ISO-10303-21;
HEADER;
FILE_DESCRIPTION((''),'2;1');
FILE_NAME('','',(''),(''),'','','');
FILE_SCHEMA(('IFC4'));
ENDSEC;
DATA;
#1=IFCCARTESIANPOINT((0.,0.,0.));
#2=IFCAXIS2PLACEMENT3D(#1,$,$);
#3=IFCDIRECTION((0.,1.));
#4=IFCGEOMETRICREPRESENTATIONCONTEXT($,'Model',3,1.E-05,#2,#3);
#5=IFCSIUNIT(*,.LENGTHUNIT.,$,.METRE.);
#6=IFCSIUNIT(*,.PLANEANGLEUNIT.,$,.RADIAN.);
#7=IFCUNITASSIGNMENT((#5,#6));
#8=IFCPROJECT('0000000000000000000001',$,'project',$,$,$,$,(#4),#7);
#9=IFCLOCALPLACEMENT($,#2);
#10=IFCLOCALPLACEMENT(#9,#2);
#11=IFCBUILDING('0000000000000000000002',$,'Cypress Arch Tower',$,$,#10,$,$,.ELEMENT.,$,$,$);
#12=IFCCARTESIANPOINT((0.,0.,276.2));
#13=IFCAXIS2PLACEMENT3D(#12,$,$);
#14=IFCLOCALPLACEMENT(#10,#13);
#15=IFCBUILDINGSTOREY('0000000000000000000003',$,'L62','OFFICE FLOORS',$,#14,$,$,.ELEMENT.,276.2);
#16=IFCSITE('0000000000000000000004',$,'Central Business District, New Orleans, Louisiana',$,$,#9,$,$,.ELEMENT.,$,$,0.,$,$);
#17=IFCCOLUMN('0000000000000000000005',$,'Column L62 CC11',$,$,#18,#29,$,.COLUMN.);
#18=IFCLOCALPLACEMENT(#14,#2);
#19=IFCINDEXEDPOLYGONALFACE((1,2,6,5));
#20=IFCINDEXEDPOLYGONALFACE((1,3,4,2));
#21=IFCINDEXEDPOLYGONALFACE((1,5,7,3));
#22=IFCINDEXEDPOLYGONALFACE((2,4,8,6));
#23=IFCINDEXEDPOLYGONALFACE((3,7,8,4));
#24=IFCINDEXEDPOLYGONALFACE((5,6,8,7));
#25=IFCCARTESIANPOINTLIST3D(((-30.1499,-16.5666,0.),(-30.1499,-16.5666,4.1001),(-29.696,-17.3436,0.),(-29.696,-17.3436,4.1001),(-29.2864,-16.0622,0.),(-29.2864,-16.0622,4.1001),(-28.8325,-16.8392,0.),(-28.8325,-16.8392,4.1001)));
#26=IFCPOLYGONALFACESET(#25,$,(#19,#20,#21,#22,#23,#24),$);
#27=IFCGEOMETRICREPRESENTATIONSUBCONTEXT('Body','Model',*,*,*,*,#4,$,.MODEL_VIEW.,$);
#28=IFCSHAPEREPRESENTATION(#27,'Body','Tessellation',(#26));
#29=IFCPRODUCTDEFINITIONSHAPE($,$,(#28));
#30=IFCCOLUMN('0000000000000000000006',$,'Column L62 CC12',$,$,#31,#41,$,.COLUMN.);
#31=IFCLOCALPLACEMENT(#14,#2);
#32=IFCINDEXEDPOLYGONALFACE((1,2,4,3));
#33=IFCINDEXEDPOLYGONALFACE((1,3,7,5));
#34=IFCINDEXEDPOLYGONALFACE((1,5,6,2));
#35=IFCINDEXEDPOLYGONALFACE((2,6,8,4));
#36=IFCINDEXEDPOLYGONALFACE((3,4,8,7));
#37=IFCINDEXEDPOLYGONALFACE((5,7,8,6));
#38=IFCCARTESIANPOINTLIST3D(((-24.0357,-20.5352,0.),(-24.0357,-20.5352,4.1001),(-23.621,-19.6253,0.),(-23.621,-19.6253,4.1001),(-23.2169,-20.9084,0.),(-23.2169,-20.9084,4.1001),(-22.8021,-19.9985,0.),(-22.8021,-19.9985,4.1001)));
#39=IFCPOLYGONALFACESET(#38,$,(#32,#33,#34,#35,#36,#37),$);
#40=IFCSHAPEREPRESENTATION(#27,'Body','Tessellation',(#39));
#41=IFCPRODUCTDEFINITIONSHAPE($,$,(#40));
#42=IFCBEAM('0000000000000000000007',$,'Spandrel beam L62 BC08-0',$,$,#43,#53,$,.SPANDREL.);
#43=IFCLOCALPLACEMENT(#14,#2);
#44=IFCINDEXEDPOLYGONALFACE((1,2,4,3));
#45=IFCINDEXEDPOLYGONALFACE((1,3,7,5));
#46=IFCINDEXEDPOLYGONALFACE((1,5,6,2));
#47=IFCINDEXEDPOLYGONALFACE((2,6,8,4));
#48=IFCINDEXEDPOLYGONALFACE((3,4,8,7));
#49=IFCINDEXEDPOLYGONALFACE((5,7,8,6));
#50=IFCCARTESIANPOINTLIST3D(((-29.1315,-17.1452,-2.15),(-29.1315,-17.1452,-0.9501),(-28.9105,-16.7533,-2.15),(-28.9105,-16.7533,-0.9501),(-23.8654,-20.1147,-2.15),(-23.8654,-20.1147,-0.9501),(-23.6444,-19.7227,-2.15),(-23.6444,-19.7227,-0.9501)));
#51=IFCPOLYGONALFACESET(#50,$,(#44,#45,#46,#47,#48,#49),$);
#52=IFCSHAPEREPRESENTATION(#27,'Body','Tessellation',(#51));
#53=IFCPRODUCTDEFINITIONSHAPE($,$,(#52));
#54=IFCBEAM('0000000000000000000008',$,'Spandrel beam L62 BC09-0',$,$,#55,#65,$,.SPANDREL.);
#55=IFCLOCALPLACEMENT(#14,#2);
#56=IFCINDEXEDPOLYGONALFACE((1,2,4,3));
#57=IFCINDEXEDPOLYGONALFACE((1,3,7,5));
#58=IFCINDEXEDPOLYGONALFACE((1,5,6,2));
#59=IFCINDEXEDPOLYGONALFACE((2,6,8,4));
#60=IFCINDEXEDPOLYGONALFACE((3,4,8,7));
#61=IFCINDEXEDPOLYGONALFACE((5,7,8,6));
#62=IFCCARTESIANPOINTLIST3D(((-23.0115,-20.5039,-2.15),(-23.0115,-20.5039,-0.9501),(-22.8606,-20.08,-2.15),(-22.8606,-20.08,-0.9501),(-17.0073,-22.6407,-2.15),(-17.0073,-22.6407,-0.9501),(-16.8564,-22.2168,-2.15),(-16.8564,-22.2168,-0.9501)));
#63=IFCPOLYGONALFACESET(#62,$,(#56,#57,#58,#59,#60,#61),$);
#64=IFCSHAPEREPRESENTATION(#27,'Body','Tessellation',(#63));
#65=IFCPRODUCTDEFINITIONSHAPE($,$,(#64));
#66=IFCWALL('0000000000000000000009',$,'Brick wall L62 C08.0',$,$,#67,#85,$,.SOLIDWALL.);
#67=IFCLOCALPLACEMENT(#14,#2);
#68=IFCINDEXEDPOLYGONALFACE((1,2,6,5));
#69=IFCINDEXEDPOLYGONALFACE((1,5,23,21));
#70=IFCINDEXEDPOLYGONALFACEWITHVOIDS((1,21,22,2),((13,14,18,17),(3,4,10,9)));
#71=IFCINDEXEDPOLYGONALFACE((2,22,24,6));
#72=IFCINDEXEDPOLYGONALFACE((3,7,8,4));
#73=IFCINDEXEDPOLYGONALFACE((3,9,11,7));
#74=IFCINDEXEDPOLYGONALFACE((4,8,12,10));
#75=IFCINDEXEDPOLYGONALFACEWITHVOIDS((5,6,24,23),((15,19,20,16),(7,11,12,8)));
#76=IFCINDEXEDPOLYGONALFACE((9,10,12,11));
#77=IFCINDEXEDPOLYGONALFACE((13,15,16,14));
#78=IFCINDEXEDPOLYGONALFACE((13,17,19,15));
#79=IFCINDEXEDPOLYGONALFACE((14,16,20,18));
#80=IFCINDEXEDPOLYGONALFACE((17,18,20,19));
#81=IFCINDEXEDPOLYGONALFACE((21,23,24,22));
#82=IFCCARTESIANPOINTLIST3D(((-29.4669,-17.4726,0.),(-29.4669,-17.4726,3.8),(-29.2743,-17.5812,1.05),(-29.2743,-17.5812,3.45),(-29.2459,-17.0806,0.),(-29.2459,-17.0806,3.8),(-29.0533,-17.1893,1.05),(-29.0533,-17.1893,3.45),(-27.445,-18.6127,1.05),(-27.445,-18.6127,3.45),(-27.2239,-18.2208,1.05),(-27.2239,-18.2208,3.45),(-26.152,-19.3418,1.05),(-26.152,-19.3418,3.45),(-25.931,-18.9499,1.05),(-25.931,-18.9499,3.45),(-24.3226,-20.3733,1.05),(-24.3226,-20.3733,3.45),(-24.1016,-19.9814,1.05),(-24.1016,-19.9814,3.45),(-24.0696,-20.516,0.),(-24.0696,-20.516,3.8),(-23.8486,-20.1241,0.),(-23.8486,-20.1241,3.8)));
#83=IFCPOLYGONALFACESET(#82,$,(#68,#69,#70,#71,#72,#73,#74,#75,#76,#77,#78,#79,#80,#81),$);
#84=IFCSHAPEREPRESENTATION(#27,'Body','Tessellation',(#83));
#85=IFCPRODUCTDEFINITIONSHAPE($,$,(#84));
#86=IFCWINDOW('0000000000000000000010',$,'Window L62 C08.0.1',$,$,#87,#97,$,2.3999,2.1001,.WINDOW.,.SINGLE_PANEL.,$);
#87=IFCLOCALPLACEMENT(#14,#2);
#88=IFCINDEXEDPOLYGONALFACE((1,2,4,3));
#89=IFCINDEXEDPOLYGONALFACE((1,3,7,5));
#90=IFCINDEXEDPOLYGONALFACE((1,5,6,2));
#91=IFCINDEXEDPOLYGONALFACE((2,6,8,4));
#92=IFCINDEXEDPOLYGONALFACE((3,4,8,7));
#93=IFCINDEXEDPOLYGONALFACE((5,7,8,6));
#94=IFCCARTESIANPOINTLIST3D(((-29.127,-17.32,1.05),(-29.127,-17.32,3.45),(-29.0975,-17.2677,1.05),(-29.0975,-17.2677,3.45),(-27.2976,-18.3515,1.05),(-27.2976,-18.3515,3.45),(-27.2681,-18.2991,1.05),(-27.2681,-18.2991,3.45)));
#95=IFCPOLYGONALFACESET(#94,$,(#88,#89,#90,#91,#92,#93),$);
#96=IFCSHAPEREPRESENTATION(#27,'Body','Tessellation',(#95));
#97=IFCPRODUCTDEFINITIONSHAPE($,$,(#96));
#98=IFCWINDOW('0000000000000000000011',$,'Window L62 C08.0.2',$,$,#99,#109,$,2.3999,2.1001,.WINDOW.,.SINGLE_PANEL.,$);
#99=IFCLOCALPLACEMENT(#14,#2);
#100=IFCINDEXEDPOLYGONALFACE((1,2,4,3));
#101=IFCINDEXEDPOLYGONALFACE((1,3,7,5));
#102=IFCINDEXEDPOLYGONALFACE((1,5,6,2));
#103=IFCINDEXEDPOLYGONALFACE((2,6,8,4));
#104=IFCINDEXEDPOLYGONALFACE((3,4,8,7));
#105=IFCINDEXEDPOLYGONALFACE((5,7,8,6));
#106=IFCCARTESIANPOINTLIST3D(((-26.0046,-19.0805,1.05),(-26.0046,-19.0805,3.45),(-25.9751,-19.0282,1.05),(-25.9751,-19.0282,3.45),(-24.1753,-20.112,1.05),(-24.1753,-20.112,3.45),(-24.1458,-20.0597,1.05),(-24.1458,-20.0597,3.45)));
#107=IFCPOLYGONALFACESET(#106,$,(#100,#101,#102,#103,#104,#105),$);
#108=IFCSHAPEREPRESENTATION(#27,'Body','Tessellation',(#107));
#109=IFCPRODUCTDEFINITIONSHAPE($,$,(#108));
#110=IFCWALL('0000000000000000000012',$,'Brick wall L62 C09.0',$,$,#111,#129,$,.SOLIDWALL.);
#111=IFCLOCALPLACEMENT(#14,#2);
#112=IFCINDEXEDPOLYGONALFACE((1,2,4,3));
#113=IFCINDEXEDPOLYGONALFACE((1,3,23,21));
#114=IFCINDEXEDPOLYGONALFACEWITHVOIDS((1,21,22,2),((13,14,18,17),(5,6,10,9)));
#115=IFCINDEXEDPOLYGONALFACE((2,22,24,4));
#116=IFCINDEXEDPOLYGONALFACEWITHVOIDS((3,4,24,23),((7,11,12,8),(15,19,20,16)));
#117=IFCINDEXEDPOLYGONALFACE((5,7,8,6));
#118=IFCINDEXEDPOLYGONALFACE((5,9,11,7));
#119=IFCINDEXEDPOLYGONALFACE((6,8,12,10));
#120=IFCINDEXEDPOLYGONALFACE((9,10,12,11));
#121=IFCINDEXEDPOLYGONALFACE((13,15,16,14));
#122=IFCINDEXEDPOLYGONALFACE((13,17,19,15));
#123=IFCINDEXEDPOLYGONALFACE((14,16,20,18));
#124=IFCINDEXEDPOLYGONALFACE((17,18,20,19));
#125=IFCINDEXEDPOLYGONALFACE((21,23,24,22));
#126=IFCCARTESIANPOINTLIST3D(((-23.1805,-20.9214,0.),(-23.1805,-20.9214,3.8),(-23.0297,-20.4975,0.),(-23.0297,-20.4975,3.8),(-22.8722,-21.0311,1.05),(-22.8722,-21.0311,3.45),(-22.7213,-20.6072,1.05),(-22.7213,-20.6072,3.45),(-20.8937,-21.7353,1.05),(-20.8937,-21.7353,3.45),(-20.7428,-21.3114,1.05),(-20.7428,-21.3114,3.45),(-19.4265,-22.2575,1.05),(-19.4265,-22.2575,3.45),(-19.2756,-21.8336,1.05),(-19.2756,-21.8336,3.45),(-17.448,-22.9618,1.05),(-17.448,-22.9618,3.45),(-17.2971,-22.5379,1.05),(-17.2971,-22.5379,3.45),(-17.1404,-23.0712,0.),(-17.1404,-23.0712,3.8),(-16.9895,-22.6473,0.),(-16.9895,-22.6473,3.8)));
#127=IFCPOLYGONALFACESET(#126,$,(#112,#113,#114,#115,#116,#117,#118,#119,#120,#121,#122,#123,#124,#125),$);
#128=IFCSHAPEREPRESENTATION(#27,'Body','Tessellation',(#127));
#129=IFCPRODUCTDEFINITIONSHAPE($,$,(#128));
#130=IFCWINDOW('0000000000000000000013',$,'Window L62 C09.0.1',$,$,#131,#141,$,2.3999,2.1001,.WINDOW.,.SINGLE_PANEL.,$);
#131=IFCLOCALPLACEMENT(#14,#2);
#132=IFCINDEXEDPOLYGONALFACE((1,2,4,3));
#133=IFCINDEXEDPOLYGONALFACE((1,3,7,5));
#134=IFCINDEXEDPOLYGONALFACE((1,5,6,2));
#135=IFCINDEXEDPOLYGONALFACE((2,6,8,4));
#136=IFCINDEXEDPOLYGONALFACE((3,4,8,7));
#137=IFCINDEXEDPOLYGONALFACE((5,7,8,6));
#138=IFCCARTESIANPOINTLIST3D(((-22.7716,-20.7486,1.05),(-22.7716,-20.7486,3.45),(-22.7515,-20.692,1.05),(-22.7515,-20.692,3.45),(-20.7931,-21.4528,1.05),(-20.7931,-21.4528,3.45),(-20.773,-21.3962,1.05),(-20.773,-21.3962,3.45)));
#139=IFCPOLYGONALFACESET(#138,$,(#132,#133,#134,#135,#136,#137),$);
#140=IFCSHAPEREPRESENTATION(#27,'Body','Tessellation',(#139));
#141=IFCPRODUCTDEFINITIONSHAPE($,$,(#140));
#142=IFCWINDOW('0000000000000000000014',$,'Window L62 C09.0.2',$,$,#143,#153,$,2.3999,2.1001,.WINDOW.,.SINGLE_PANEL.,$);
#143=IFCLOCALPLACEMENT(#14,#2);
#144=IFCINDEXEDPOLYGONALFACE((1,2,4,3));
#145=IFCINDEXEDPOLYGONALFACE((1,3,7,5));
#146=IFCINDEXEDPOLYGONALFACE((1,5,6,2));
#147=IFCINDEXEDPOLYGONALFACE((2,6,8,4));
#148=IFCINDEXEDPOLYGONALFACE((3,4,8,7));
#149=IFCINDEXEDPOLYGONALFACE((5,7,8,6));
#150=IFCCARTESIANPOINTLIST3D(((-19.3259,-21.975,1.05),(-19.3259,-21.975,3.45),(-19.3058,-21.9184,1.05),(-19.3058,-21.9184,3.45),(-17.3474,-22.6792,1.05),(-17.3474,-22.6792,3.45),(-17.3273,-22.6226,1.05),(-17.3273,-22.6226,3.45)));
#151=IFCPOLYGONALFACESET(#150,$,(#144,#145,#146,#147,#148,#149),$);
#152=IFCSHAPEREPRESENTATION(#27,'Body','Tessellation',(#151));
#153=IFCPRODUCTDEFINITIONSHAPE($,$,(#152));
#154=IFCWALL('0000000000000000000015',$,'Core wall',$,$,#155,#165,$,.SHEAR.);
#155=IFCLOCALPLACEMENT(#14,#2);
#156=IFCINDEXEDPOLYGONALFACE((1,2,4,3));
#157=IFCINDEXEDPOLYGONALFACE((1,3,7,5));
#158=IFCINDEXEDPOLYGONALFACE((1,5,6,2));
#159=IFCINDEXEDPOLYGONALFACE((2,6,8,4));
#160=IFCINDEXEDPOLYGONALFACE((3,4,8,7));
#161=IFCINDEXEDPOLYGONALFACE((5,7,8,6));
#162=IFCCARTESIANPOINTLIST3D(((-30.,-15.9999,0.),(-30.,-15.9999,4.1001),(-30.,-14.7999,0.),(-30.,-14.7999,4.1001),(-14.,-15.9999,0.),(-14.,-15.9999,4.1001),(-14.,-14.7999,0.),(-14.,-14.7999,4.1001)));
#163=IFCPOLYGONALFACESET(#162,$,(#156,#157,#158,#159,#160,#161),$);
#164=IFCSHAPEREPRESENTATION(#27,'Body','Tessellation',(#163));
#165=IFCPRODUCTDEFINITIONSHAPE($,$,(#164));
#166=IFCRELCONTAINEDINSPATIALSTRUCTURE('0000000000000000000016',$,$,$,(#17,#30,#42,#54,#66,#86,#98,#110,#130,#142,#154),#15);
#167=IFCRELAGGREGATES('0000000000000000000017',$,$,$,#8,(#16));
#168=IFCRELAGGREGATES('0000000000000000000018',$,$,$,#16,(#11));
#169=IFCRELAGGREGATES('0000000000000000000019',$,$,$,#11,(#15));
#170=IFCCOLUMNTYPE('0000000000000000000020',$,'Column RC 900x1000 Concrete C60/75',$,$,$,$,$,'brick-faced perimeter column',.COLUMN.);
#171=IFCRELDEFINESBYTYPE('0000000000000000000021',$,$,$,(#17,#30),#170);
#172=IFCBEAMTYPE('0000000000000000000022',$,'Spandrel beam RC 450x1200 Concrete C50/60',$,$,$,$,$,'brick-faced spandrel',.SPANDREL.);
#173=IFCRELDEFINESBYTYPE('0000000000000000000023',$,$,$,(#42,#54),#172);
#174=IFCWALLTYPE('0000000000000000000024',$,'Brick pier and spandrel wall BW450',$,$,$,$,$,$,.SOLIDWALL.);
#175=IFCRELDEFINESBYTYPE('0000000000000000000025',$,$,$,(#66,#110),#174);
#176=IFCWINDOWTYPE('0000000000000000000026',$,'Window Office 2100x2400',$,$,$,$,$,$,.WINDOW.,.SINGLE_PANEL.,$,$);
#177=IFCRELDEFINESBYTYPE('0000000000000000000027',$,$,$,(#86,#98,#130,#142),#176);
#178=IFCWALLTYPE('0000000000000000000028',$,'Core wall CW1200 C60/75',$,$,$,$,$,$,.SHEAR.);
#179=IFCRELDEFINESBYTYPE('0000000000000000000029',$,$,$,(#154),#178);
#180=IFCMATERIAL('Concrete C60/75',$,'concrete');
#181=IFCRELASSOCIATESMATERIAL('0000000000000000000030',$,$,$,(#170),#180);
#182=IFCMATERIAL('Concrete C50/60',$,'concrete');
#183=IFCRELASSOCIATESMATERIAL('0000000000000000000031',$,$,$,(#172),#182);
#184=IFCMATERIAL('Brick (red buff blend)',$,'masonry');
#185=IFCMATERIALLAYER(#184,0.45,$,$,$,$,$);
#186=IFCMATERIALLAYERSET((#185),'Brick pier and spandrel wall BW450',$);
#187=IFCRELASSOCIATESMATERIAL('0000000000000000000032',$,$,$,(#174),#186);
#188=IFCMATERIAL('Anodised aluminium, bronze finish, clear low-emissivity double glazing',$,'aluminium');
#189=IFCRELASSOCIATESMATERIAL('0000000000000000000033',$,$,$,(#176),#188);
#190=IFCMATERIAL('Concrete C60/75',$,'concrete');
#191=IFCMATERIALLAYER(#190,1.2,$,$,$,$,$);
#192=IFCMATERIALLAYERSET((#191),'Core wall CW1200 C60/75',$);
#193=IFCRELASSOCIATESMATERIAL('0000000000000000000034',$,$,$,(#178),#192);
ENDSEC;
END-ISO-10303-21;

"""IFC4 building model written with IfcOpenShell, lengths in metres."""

from ifc_helpers import new_model, si_unit, direction, frame, frame_2d, origin, origin_2d, place, context, subcontext, project, spatial, rectangle, extrude, material, layer, layer_set, material_profile, profile_set, type_object, element, fill, save


model = new_model("IFC4")

# Units and contexts
model_context = context("Model", 3, precision=1e-05, world=origin(), true_north=direction((0.0, 1.0)))
body_context = subcontext(model_context, "Body", "Model", "MODEL_VIEW")
ifc_project = project(units=[si_unit("LENGTHUNIT", "METRE"), si_unit("PLANEANGLEUNIT", "RADIAN")], contexts=[model_context])

# Site, building, storey
site_placement = place(None, origin())
site = spatial("IfcSite", under=ifc_project, at=site_placement, Name="Central Business District, New Orleans, Louisiana", CompositionType="ELEMENT", RefElevation=0.0)
building_placement = place(site_placement, origin())
building = spatial("IfcBuilding", under=site, at=building_placement, Name="Cypress Arch Tower", CompositionType="ELEMENT")
storey_placement = place(building_placement, frame((0.0, 0.0, 276.2)))
storey = spatial("IfcBuildingStorey", under=building, at=storey_placement, Name="L62", Description="OFFICE FLOORS", CompositionType="ELEMENT", Elevation=276.2)

# Columns
ifc_material_1 = material(Name="Concrete C60/75", Category="concrete")
ifc_material_profile_1 = material_profile(ifc_material_1, rectangle(XDim=0.8999, YDim=1.0, at=origin_2d()), Name="RC 900x1000")
ifc_profile_set_1 = profile_set([ifc_material_profile_1], Name="Concrete C60/75")
column_type = type_object("IfcColumnType", Name="Column RC 900x1000 Concrete C60/75", ElementType="brick-faced perimeter column", PredefinedType="COLUMN", material=ifc_profile_set_1)
for number, where, z_axis, x_axis, name in (
    (1, (-29.4912, -16.7029, 0.0), (0.0, 0.0, 1.0), (0.504399, -0.863471, 0.0), "Column L62 CC11"),
    (2, (-23.4189, -20.2668, 0.0), (0.0, 0.0, 1.0), (0.909932, -0.414757, 0.0), "Column L62 CC12"),
):
    element("IfcColumn", number, at=place(storey_placement, frame(where, z_axis=z_axis, x_axis=x_axis)), inside=storey, type_object=column_type, Name=name, PredefinedType="COLUMN", context=body_context, shape_type="SweptSolid", body=[
        extrude(rectangle(XDim=0.8999, YDim=1.0, at=origin_2d()), origin(), (0.0, 0.0, 1.0), 4.1001),
    ])

# Beams
ifc_material_2 = material(Name="Concrete C50/60", Category="concrete")
ifc_material_profile_2 = material_profile(ifc_material_2, rectangle(XDim=0.45, YDim=1.2, at=origin_2d()), Name="RC 450x1200")
ifc_profile_set_2 = profile_set([ifc_material_profile_2], Name="Concrete C50/60")
beam_type = type_object("IfcBeamType", Name="Spandrel beam RC 450x1200 Concrete C50/60", ElementType="brick-faced spandrel", PredefinedType="SPANDREL", material=ifc_profile_set_2)
beam_1_placement = place(storey_placement, frame((-29.021, -16.9492, -1.55), z_axis=(0.87106, -0.491177, 0.0), x_axis=(0.491177, 0.87106, 0.0)))
element("IfcBeam", 3, at=beam_1_placement, inside=storey, type_object=beam_type, Name="Spandrel beam L62 BC08-0", PredefinedType="SPANDREL", context=body_context, shape_type="SweptSolid", body=[
    extrude(rectangle(XDim=0.45, YDim=1.2, at=origin_2d()), origin(), (0.0, 0.0, 1.0), 6.0457),
])
beam_2_placement = place(storey_placement, frame((-22.936, -20.292, -1.55), z_axis=(0.94212, -0.335276, 0.0), x_axis=(0.335276, 0.94212, 0.0)))
element("IfcBeam", 4, at=beam_2_placement, inside=storey, type_object=beam_type, Name="Spandrel beam L62 BC09-0", PredefinedType="SPANDREL", context=body_context, shape_type="SweptSolid", body=[
    extrude(rectangle(XDim=0.45, YDim=1.2, at=origin_2d()), origin(), (0.0, 0.0, 1.0), 6.373),
])

# Walls, openings, windows
ifc_material_3 = material(Name="Brick (red buff blend)", Category="masonry")
ifc_layer_1 = layer(ifc_material_3, 0.45)
ifc_layer_set_1 = layer_set([ifc_layer_1], Name="Brick pier and spandrel wall BW450")
wall_type_1 = type_object("IfcWallType", Name="Brick pier and spandrel wall BW450", PredefinedType="SOLIDWALL", material=ifc_layer_set_1)
wall_1_placement = place(storey_placement, frame((-29.3564, -17.2766, 0.0), z_axis=(0.0, 0.0, 1.0), x_axis=(0.871066, -0.491166, 0.0)))
wall_1 = element("IfcWall", 5, at=wall_1_placement, inside=storey, type_object=wall_type_1, Name="Brick wall L62 C08.0", PredefinedType="SOLIDWALL", context=body_context, shape_type="SweptSolid", body=[
    extrude(rectangle(XDim=6.1963, YDim=0.45, at=frame_2d((3.0981, 0.0))), origin(), (0.0, 0.0, 1.0), 3.8),
])
opening_1_placement = place(wall_1_placement, frame((0.2212, 0.0, 1.05)))
opening_1 = element("IfcOpeningElement", 6, at=opening_1_placement, cuts=wall_1, PredefinedType="OPENING", context=body_context, shape_type="SweptSolid", body=[
    extrude(rectangle(XDim=2.1001, YDim=2.3999, at=frame_2d((1.05, 1.2))), frame((0.0, 0.2349, 0.0), z_axis=(0.0, -1.0, 0.0), x_axis=(1.0, 0.0, 0.0)), (0.0, 0.0, 1.0), 0.47),
])
opening_2_placement = place(wall_1_placement, frame((3.8057, 0.0, 1.05)))
opening_2 = element("IfcOpeningElement", 7, at=opening_2_placement, cuts=wall_1, PredefinedType="OPENING", context=body_context, shape_type="SweptSolid", body=[
    extrude(rectangle(XDim=2.1001, YDim=2.3999, at=frame_2d((1.05, 1.2))), frame((0.0, 0.2349, 0.0), z_axis=(0.0, -1.0, 0.0), x_axis=(1.0, 0.0, 0.0)), (0.0, 0.0, 1.0), 0.47),
])
ifc_material_4 = material(Name="Anodised aluminium, bronze finish, clear low-emissivity double glazing", Category="aluminium")
window_type = type_object("IfcWindowType", Name="Window Office 2100x2400", PartitioningType="SINGLE_PANEL", PredefinedType="WINDOW", material=ifc_material_4)
window_1_placement = place(opening_1_placement, origin())
window_1 = element("IfcWindow", 8, at=window_1_placement, inside=storey, type_object=window_type, Name="Window L62 C08.0.1", OverallHeight=2.3999, OverallWidth=2.1001, PartitioningType="SINGLE_PANEL", PredefinedType="WINDOW", context=body_context, shape_type="SweptSolid", body=[
    extrude(rectangle(XDim=2.1001, YDim=2.3999, at=frame_2d((1.05, 1.2))), frame((0.0, 0.135, 0.0), z_axis=(0.0, -1.0, 0.0), x_axis=(1.0, 0.0, 0.0)), (0.0, 0.0, 1.0), 0.0601),
])
fill(opening_1, window_1)
window_2_placement = place(opening_2_placement, origin())
window_2 = element("IfcWindow", 9, at=window_2_placement, inside=storey, type_object=window_type, Name="Window L62 C08.0.2", OverallHeight=2.3999, OverallWidth=2.1001, PartitioningType="SINGLE_PANEL", PredefinedType="WINDOW", context=body_context, shape_type="SweptSolid", body=[
    extrude(rectangle(XDim=2.1001, YDim=2.3999, at=frame_2d((1.05, 1.2))), frame((0.0, 0.135, 0.0), z_axis=(0.0, -1.0, 0.0), x_axis=(1.0, 0.0, 0.0)), (0.0, 0.0, 1.0), 0.0601),
])
fill(opening_2, window_2)
wall_2_placement = place(storey_placement, frame((-23.105, -20.7095, 0.0), z_axis=(0.0, 0.0, 1.0), x_axis=(0.942104, -0.335321, 0.0)))
wall_2 = element("IfcWall", 10, at=wall_2_placement, inside=storey, type_object=wall_type_1, Name="Brick wall L62 C09.0", PredefinedType="SOLIDWALL", context=body_context, shape_type="SweptSolid", body=[
    extrude(rectangle(XDim=6.4114, YDim=0.45, at=frame_2d((3.2056, 0.0))), origin(), (0.0, 0.0, 1.0), 3.8),
])
opening_3_placement = place(wall_2_placement, frame((0.3271, 0.0, 1.05)))
opening_3 = element("IfcOpeningElement", 11, at=opening_3_placement, cuts=wall_2, PredefinedType="OPENING", context=body_context, shape_type="SweptSolid", body=[
    extrude(rectangle(XDim=2.1001, YDim=2.3999, at=frame_2d((1.05, 1.2))), frame((0.0, 0.2349, 0.0), z_axis=(0.0, -1.0, 0.0), x_axis=(1.0, 0.0, 0.0)), (0.0, 0.0, 1.0), 0.47),
])
opening_4_placement = place(wall_2_placement, frame((3.9846, 0.0, 1.05)))
opening_4 = element("IfcOpeningElement", 12, at=opening_4_placement, cuts=wall_2, PredefinedType="OPENING", context=body_context, shape_type="SweptSolid", body=[
    extrude(rectangle(XDim=2.1001, YDim=2.3999, at=frame_2d((1.05, 1.2))), frame((0.0, 0.2349, 0.0), z_axis=(0.0, -1.0, 0.0), x_axis=(1.0, 0.0, 0.0)), (0.0, 0.0, 1.0), 0.47),
])
window_3_placement = place(opening_3_placement, origin())
window_3 = element("IfcWindow", 13, at=window_3_placement, inside=storey, type_object=window_type, Name="Window L62 C09.0.1", OverallHeight=2.3999, OverallWidth=2.1001, PartitioningType="SINGLE_PANEL", PredefinedType="WINDOW", context=body_context, shape_type="SweptSolid", body=[
    extrude(rectangle(XDim=2.1001, YDim=2.3999, at=frame_2d((1.05, 1.2))), frame((0.0, 0.135, 0.0), z_axis=(0.0, -1.0, 0.0), x_axis=(1.0, 0.0, 0.0)), (0.0, 0.0, 1.0), 0.0601),
])
fill(opening_3, window_3)
window_4_placement = place(opening_4_placement, origin())
window_4 = element("IfcWindow", 14, at=window_4_placement, inside=storey, type_object=window_type, Name="Window L62 C09.0.2", OverallHeight=2.3999, OverallWidth=2.1001, PartitioningType="SINGLE_PANEL", PredefinedType="WINDOW", context=body_context, shape_type="SweptSolid", body=[
    extrude(rectangle(XDim=2.1001, YDim=2.3999, at=frame_2d((1.05, 1.2))), frame((0.0, 0.135, 0.0), z_axis=(0.0, -1.0, 0.0), x_axis=(1.0, 0.0, 0.0)), (0.0, 0.0, 1.0), 0.0601),
])
fill(opening_4, window_4)

# Wall
ifc_material_5 = material(Name="Concrete C60/75", Category="concrete")
ifc_layer_2 = layer(ifc_material_5, 1.2)
ifc_layer_set_2 = layer_set([ifc_layer_2], Name="Core wall CW1200 C60/75")
wall_type_2 = type_object("IfcWallType", Name="Core wall CW1200 C60/75", PredefinedType="SHEAR", material=ifc_layer_set_2)
wall_3_placement = place(storey_placement, frame((-30.0, -15.3999, 0.0), z_axis=(0.0, 0.0, 1.0), x_axis=(1.0, 0.0, 0.0)))
element("IfcWall", 15, at=wall_3_placement, inside=storey, type_object=wall_type_2, Name="Core wall", PredefinedType="SHEAR", context=body_context, shape_type="SweptSolid", body=[
    extrude(rectangle(XDim=16.0, YDim=1.2, at=frame_2d((8.0, 0.0))), origin(), (0.0, 0.0, 1.0), 4.1001),
])

save(model, "model.ifc")
